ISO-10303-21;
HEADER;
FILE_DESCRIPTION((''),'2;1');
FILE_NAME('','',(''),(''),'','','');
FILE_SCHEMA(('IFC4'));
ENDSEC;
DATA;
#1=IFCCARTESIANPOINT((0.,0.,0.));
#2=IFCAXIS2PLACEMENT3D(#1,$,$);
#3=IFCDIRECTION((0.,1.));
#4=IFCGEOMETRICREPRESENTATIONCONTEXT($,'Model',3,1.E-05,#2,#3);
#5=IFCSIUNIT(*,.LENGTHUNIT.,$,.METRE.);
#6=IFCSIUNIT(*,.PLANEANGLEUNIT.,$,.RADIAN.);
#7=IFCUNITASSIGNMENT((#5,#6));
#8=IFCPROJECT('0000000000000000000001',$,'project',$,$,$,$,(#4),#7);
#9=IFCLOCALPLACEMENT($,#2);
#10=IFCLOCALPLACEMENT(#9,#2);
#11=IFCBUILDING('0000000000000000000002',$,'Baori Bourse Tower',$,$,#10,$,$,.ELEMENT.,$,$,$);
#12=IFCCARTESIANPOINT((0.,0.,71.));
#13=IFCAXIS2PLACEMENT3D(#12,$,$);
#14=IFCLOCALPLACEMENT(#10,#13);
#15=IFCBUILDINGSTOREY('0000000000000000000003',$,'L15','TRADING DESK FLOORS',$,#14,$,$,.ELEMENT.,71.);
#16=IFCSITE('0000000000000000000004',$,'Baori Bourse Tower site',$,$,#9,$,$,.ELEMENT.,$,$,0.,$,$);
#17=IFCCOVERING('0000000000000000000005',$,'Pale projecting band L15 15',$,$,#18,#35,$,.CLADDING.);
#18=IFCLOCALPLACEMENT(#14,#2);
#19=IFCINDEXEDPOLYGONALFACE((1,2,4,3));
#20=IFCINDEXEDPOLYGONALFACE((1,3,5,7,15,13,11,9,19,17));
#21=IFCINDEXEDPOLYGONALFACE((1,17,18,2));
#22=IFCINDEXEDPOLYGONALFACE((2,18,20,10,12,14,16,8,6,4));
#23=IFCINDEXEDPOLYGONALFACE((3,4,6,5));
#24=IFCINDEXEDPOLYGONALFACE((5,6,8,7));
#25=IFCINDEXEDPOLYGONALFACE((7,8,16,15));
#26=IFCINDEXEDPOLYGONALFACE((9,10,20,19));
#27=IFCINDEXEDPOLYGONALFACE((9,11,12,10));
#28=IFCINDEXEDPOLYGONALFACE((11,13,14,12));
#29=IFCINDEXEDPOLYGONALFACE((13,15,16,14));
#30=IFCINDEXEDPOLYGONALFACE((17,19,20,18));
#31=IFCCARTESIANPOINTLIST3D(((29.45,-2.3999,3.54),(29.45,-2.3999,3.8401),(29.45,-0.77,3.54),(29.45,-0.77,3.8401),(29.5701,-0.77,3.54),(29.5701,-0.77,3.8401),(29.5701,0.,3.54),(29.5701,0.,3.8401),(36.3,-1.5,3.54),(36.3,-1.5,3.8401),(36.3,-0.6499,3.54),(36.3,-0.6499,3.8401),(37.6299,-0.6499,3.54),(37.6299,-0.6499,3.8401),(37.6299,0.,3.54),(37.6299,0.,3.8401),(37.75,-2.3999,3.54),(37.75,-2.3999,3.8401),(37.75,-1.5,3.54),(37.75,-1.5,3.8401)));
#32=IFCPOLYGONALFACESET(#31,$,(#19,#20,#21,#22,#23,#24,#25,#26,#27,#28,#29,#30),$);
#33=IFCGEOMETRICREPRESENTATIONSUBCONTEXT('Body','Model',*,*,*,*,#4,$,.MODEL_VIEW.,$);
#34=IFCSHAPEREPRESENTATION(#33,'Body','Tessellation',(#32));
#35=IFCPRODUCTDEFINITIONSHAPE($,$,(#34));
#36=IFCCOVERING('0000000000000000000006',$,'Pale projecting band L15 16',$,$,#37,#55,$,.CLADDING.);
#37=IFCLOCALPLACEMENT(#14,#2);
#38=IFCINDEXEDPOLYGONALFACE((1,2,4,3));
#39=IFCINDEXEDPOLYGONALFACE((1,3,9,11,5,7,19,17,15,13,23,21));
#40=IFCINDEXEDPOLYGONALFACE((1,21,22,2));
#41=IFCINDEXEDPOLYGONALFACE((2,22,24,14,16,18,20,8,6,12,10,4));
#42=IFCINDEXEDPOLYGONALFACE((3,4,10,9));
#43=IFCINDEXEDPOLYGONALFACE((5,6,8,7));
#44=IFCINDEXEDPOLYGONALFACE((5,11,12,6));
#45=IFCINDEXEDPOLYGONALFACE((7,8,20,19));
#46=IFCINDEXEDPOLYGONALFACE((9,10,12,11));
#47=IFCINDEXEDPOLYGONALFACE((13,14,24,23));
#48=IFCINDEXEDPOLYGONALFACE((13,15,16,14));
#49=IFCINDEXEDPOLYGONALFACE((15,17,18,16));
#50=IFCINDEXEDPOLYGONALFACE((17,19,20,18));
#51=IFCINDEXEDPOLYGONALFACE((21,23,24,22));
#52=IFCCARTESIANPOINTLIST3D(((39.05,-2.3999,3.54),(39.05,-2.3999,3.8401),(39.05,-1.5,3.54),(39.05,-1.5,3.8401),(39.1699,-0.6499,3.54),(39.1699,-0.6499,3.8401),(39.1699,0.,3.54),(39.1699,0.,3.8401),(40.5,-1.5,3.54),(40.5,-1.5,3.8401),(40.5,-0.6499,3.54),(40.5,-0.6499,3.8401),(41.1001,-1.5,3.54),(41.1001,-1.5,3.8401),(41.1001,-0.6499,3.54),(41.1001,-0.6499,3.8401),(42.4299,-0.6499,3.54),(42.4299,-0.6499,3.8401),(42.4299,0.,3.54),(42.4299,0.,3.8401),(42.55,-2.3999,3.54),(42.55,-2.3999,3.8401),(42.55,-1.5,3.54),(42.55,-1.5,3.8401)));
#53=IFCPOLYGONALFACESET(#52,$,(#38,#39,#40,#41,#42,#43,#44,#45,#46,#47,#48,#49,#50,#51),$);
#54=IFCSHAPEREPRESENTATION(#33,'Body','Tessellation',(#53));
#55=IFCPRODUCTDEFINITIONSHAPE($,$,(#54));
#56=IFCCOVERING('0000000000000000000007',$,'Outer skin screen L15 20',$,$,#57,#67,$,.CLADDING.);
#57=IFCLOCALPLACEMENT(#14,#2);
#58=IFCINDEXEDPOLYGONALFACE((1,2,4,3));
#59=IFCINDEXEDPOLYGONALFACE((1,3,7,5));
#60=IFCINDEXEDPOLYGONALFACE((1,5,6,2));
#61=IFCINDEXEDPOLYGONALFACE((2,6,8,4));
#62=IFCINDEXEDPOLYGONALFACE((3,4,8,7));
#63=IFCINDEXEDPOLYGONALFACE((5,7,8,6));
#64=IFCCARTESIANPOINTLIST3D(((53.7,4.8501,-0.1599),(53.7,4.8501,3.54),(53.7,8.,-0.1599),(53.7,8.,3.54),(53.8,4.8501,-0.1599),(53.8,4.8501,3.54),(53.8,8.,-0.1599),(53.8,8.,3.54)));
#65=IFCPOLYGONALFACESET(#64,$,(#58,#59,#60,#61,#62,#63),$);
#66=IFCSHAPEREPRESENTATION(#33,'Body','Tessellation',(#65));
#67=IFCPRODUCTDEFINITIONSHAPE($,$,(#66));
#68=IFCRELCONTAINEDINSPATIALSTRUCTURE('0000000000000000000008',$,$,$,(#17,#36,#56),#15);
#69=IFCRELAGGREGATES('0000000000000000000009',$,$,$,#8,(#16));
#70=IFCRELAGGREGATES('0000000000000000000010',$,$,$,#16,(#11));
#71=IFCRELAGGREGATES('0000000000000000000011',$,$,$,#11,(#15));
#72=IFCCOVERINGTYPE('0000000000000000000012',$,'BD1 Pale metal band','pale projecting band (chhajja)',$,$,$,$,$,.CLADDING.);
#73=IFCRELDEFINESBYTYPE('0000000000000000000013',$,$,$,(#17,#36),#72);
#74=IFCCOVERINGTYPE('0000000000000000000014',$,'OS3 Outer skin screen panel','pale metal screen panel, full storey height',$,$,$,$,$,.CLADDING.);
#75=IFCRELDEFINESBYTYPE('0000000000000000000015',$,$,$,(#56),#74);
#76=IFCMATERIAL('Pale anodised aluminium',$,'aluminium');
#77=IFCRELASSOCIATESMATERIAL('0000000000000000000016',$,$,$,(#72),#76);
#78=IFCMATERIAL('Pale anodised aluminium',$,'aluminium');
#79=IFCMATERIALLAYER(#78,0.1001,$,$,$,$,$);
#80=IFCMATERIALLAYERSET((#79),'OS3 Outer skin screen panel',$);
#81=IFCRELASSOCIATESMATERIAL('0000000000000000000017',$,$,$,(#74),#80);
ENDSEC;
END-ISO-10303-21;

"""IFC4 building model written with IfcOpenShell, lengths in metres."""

from ifc_helpers import new_model, si_unit, direction, frame, origin, place, context, subcontext, project, spatial, polyline, outline, extrude, material, layer, layer_set, type_object, element, save


model = new_model("IFC4")

# Units and contexts
model_context = context("Model", 3, precision=1e-05, world=origin(), true_north=direction((0.0, 1.0)))
body_context = subcontext(model_context, "Body", "Model", "MODEL_VIEW")
ifc_project = project(units=[si_unit("LENGTHUNIT", "METRE"), si_unit("PLANEANGLEUNIT", "RADIAN")], contexts=[model_context])

# Site, building, storey
site_placement = place(None, origin())
site = spatial("IfcSite", under=ifc_project, at=site_placement, Name="Baori Bourse Tower site", CompositionType="ELEMENT", RefElevation=0.0)
building_placement = place(site_placement, origin())
building = spatial("IfcBuilding", under=site, at=building_placement, Name="Baori Bourse Tower", CompositionType="ELEMENT")
storey_placement = place(building_placement, frame((0.0, 0.0, 71.0)))
storey = spatial("IfcBuildingStorey", under=building, at=storey_placement, Name="L15", Description="TRADING DESK FLOORS", CompositionType="ELEMENT", Elevation=71.0)

# Coverings
ifc_material_1 = material(Name="Pale anodised aluminium", Category="aluminium")
covering_type_1 = type_object("IfcCoveringType", Name="BD1 Pale metal band", Description="pale projecting band (chhajja)", PredefinedType="CLADDING", material=ifc_material_1)
covering_1_placement = place(storey_placement, frame((0.0, 0.0, 3.54)))
element("IfcCovering", 1, at=covering_1_placement, inside=storey, type_object=covering_type_1, Name="Pale projecting band L15 15", PredefinedType="CLADDING", context=body_context, shape_type="SweptSolid", body=[
    extrude(outline(polyline([(37.6299, 0.0), (29.5701, 0.0), (29.5701, -0.77), (29.45, -0.77), (29.45, -2.3999), (37.75, -2.3999), (37.75, -1.5), (36.3, -1.5), (36.3, -0.6499), (37.6299, -0.6499), (37.6299, 0.0)])), origin(), (0.0, 0.0, 1.0), 0.3),
])
covering_2_placement = place(storey_placement, frame((0.0, 0.0, 3.54)))
element("IfcCovering", 2, at=covering_2_placement, inside=storey, type_object=covering_type_1, Name="Pale projecting band L15 16", PredefinedType="CLADDING", context=body_context, shape_type="SweptSolid", body=[
    extrude(outline(polyline([(42.4299, 0.0), (39.1699, 0.0), (39.1699, -0.6499), (40.5, -0.6499), (40.5, -1.5), (39.05, -1.5), (39.05, -2.3999), (42.55, -2.3999), (42.55, -1.5), (41.1001, -1.5), (41.1001, -0.6499), (42.4299, -0.6499), (42.4299, 0.0)])), origin(), (0.0, 0.0, 1.0), 0.3),
])
ifc_material_2 = material(Name="Pale anodised aluminium", Category="aluminium")
ifc_layer_1 = layer(ifc_material_2, 0.1001)
ifc_layer_set_1 = layer_set([ifc_layer_1], Name="OS3 Outer skin screen panel")
covering_type_2 = type_object("IfcCoveringType", Name="OS3 Outer skin screen panel", Description="pale metal screen panel, full storey height", PredefinedType="CLADDING", material=ifc_layer_set_1)
covering_3_placement = place(storey_placement, frame((0.0, 0.0, -0.1599)))
element("IfcCovering", 3, at=covering_3_placement, inside=storey, type_object=covering_type_2, Name="Outer skin screen L15 20", PredefinedType="CLADDING", context=body_context, shape_type="SweptSolid", body=[
    extrude(outline(polyline([(53.7, 8.0), (53.7, 4.8501), (53.8, 4.8501), (53.8, 8.0), (53.7, 8.0)])), origin(), (0.0, 0.0, 1.0), 3.7),
])

save(model, "model.ifc")
